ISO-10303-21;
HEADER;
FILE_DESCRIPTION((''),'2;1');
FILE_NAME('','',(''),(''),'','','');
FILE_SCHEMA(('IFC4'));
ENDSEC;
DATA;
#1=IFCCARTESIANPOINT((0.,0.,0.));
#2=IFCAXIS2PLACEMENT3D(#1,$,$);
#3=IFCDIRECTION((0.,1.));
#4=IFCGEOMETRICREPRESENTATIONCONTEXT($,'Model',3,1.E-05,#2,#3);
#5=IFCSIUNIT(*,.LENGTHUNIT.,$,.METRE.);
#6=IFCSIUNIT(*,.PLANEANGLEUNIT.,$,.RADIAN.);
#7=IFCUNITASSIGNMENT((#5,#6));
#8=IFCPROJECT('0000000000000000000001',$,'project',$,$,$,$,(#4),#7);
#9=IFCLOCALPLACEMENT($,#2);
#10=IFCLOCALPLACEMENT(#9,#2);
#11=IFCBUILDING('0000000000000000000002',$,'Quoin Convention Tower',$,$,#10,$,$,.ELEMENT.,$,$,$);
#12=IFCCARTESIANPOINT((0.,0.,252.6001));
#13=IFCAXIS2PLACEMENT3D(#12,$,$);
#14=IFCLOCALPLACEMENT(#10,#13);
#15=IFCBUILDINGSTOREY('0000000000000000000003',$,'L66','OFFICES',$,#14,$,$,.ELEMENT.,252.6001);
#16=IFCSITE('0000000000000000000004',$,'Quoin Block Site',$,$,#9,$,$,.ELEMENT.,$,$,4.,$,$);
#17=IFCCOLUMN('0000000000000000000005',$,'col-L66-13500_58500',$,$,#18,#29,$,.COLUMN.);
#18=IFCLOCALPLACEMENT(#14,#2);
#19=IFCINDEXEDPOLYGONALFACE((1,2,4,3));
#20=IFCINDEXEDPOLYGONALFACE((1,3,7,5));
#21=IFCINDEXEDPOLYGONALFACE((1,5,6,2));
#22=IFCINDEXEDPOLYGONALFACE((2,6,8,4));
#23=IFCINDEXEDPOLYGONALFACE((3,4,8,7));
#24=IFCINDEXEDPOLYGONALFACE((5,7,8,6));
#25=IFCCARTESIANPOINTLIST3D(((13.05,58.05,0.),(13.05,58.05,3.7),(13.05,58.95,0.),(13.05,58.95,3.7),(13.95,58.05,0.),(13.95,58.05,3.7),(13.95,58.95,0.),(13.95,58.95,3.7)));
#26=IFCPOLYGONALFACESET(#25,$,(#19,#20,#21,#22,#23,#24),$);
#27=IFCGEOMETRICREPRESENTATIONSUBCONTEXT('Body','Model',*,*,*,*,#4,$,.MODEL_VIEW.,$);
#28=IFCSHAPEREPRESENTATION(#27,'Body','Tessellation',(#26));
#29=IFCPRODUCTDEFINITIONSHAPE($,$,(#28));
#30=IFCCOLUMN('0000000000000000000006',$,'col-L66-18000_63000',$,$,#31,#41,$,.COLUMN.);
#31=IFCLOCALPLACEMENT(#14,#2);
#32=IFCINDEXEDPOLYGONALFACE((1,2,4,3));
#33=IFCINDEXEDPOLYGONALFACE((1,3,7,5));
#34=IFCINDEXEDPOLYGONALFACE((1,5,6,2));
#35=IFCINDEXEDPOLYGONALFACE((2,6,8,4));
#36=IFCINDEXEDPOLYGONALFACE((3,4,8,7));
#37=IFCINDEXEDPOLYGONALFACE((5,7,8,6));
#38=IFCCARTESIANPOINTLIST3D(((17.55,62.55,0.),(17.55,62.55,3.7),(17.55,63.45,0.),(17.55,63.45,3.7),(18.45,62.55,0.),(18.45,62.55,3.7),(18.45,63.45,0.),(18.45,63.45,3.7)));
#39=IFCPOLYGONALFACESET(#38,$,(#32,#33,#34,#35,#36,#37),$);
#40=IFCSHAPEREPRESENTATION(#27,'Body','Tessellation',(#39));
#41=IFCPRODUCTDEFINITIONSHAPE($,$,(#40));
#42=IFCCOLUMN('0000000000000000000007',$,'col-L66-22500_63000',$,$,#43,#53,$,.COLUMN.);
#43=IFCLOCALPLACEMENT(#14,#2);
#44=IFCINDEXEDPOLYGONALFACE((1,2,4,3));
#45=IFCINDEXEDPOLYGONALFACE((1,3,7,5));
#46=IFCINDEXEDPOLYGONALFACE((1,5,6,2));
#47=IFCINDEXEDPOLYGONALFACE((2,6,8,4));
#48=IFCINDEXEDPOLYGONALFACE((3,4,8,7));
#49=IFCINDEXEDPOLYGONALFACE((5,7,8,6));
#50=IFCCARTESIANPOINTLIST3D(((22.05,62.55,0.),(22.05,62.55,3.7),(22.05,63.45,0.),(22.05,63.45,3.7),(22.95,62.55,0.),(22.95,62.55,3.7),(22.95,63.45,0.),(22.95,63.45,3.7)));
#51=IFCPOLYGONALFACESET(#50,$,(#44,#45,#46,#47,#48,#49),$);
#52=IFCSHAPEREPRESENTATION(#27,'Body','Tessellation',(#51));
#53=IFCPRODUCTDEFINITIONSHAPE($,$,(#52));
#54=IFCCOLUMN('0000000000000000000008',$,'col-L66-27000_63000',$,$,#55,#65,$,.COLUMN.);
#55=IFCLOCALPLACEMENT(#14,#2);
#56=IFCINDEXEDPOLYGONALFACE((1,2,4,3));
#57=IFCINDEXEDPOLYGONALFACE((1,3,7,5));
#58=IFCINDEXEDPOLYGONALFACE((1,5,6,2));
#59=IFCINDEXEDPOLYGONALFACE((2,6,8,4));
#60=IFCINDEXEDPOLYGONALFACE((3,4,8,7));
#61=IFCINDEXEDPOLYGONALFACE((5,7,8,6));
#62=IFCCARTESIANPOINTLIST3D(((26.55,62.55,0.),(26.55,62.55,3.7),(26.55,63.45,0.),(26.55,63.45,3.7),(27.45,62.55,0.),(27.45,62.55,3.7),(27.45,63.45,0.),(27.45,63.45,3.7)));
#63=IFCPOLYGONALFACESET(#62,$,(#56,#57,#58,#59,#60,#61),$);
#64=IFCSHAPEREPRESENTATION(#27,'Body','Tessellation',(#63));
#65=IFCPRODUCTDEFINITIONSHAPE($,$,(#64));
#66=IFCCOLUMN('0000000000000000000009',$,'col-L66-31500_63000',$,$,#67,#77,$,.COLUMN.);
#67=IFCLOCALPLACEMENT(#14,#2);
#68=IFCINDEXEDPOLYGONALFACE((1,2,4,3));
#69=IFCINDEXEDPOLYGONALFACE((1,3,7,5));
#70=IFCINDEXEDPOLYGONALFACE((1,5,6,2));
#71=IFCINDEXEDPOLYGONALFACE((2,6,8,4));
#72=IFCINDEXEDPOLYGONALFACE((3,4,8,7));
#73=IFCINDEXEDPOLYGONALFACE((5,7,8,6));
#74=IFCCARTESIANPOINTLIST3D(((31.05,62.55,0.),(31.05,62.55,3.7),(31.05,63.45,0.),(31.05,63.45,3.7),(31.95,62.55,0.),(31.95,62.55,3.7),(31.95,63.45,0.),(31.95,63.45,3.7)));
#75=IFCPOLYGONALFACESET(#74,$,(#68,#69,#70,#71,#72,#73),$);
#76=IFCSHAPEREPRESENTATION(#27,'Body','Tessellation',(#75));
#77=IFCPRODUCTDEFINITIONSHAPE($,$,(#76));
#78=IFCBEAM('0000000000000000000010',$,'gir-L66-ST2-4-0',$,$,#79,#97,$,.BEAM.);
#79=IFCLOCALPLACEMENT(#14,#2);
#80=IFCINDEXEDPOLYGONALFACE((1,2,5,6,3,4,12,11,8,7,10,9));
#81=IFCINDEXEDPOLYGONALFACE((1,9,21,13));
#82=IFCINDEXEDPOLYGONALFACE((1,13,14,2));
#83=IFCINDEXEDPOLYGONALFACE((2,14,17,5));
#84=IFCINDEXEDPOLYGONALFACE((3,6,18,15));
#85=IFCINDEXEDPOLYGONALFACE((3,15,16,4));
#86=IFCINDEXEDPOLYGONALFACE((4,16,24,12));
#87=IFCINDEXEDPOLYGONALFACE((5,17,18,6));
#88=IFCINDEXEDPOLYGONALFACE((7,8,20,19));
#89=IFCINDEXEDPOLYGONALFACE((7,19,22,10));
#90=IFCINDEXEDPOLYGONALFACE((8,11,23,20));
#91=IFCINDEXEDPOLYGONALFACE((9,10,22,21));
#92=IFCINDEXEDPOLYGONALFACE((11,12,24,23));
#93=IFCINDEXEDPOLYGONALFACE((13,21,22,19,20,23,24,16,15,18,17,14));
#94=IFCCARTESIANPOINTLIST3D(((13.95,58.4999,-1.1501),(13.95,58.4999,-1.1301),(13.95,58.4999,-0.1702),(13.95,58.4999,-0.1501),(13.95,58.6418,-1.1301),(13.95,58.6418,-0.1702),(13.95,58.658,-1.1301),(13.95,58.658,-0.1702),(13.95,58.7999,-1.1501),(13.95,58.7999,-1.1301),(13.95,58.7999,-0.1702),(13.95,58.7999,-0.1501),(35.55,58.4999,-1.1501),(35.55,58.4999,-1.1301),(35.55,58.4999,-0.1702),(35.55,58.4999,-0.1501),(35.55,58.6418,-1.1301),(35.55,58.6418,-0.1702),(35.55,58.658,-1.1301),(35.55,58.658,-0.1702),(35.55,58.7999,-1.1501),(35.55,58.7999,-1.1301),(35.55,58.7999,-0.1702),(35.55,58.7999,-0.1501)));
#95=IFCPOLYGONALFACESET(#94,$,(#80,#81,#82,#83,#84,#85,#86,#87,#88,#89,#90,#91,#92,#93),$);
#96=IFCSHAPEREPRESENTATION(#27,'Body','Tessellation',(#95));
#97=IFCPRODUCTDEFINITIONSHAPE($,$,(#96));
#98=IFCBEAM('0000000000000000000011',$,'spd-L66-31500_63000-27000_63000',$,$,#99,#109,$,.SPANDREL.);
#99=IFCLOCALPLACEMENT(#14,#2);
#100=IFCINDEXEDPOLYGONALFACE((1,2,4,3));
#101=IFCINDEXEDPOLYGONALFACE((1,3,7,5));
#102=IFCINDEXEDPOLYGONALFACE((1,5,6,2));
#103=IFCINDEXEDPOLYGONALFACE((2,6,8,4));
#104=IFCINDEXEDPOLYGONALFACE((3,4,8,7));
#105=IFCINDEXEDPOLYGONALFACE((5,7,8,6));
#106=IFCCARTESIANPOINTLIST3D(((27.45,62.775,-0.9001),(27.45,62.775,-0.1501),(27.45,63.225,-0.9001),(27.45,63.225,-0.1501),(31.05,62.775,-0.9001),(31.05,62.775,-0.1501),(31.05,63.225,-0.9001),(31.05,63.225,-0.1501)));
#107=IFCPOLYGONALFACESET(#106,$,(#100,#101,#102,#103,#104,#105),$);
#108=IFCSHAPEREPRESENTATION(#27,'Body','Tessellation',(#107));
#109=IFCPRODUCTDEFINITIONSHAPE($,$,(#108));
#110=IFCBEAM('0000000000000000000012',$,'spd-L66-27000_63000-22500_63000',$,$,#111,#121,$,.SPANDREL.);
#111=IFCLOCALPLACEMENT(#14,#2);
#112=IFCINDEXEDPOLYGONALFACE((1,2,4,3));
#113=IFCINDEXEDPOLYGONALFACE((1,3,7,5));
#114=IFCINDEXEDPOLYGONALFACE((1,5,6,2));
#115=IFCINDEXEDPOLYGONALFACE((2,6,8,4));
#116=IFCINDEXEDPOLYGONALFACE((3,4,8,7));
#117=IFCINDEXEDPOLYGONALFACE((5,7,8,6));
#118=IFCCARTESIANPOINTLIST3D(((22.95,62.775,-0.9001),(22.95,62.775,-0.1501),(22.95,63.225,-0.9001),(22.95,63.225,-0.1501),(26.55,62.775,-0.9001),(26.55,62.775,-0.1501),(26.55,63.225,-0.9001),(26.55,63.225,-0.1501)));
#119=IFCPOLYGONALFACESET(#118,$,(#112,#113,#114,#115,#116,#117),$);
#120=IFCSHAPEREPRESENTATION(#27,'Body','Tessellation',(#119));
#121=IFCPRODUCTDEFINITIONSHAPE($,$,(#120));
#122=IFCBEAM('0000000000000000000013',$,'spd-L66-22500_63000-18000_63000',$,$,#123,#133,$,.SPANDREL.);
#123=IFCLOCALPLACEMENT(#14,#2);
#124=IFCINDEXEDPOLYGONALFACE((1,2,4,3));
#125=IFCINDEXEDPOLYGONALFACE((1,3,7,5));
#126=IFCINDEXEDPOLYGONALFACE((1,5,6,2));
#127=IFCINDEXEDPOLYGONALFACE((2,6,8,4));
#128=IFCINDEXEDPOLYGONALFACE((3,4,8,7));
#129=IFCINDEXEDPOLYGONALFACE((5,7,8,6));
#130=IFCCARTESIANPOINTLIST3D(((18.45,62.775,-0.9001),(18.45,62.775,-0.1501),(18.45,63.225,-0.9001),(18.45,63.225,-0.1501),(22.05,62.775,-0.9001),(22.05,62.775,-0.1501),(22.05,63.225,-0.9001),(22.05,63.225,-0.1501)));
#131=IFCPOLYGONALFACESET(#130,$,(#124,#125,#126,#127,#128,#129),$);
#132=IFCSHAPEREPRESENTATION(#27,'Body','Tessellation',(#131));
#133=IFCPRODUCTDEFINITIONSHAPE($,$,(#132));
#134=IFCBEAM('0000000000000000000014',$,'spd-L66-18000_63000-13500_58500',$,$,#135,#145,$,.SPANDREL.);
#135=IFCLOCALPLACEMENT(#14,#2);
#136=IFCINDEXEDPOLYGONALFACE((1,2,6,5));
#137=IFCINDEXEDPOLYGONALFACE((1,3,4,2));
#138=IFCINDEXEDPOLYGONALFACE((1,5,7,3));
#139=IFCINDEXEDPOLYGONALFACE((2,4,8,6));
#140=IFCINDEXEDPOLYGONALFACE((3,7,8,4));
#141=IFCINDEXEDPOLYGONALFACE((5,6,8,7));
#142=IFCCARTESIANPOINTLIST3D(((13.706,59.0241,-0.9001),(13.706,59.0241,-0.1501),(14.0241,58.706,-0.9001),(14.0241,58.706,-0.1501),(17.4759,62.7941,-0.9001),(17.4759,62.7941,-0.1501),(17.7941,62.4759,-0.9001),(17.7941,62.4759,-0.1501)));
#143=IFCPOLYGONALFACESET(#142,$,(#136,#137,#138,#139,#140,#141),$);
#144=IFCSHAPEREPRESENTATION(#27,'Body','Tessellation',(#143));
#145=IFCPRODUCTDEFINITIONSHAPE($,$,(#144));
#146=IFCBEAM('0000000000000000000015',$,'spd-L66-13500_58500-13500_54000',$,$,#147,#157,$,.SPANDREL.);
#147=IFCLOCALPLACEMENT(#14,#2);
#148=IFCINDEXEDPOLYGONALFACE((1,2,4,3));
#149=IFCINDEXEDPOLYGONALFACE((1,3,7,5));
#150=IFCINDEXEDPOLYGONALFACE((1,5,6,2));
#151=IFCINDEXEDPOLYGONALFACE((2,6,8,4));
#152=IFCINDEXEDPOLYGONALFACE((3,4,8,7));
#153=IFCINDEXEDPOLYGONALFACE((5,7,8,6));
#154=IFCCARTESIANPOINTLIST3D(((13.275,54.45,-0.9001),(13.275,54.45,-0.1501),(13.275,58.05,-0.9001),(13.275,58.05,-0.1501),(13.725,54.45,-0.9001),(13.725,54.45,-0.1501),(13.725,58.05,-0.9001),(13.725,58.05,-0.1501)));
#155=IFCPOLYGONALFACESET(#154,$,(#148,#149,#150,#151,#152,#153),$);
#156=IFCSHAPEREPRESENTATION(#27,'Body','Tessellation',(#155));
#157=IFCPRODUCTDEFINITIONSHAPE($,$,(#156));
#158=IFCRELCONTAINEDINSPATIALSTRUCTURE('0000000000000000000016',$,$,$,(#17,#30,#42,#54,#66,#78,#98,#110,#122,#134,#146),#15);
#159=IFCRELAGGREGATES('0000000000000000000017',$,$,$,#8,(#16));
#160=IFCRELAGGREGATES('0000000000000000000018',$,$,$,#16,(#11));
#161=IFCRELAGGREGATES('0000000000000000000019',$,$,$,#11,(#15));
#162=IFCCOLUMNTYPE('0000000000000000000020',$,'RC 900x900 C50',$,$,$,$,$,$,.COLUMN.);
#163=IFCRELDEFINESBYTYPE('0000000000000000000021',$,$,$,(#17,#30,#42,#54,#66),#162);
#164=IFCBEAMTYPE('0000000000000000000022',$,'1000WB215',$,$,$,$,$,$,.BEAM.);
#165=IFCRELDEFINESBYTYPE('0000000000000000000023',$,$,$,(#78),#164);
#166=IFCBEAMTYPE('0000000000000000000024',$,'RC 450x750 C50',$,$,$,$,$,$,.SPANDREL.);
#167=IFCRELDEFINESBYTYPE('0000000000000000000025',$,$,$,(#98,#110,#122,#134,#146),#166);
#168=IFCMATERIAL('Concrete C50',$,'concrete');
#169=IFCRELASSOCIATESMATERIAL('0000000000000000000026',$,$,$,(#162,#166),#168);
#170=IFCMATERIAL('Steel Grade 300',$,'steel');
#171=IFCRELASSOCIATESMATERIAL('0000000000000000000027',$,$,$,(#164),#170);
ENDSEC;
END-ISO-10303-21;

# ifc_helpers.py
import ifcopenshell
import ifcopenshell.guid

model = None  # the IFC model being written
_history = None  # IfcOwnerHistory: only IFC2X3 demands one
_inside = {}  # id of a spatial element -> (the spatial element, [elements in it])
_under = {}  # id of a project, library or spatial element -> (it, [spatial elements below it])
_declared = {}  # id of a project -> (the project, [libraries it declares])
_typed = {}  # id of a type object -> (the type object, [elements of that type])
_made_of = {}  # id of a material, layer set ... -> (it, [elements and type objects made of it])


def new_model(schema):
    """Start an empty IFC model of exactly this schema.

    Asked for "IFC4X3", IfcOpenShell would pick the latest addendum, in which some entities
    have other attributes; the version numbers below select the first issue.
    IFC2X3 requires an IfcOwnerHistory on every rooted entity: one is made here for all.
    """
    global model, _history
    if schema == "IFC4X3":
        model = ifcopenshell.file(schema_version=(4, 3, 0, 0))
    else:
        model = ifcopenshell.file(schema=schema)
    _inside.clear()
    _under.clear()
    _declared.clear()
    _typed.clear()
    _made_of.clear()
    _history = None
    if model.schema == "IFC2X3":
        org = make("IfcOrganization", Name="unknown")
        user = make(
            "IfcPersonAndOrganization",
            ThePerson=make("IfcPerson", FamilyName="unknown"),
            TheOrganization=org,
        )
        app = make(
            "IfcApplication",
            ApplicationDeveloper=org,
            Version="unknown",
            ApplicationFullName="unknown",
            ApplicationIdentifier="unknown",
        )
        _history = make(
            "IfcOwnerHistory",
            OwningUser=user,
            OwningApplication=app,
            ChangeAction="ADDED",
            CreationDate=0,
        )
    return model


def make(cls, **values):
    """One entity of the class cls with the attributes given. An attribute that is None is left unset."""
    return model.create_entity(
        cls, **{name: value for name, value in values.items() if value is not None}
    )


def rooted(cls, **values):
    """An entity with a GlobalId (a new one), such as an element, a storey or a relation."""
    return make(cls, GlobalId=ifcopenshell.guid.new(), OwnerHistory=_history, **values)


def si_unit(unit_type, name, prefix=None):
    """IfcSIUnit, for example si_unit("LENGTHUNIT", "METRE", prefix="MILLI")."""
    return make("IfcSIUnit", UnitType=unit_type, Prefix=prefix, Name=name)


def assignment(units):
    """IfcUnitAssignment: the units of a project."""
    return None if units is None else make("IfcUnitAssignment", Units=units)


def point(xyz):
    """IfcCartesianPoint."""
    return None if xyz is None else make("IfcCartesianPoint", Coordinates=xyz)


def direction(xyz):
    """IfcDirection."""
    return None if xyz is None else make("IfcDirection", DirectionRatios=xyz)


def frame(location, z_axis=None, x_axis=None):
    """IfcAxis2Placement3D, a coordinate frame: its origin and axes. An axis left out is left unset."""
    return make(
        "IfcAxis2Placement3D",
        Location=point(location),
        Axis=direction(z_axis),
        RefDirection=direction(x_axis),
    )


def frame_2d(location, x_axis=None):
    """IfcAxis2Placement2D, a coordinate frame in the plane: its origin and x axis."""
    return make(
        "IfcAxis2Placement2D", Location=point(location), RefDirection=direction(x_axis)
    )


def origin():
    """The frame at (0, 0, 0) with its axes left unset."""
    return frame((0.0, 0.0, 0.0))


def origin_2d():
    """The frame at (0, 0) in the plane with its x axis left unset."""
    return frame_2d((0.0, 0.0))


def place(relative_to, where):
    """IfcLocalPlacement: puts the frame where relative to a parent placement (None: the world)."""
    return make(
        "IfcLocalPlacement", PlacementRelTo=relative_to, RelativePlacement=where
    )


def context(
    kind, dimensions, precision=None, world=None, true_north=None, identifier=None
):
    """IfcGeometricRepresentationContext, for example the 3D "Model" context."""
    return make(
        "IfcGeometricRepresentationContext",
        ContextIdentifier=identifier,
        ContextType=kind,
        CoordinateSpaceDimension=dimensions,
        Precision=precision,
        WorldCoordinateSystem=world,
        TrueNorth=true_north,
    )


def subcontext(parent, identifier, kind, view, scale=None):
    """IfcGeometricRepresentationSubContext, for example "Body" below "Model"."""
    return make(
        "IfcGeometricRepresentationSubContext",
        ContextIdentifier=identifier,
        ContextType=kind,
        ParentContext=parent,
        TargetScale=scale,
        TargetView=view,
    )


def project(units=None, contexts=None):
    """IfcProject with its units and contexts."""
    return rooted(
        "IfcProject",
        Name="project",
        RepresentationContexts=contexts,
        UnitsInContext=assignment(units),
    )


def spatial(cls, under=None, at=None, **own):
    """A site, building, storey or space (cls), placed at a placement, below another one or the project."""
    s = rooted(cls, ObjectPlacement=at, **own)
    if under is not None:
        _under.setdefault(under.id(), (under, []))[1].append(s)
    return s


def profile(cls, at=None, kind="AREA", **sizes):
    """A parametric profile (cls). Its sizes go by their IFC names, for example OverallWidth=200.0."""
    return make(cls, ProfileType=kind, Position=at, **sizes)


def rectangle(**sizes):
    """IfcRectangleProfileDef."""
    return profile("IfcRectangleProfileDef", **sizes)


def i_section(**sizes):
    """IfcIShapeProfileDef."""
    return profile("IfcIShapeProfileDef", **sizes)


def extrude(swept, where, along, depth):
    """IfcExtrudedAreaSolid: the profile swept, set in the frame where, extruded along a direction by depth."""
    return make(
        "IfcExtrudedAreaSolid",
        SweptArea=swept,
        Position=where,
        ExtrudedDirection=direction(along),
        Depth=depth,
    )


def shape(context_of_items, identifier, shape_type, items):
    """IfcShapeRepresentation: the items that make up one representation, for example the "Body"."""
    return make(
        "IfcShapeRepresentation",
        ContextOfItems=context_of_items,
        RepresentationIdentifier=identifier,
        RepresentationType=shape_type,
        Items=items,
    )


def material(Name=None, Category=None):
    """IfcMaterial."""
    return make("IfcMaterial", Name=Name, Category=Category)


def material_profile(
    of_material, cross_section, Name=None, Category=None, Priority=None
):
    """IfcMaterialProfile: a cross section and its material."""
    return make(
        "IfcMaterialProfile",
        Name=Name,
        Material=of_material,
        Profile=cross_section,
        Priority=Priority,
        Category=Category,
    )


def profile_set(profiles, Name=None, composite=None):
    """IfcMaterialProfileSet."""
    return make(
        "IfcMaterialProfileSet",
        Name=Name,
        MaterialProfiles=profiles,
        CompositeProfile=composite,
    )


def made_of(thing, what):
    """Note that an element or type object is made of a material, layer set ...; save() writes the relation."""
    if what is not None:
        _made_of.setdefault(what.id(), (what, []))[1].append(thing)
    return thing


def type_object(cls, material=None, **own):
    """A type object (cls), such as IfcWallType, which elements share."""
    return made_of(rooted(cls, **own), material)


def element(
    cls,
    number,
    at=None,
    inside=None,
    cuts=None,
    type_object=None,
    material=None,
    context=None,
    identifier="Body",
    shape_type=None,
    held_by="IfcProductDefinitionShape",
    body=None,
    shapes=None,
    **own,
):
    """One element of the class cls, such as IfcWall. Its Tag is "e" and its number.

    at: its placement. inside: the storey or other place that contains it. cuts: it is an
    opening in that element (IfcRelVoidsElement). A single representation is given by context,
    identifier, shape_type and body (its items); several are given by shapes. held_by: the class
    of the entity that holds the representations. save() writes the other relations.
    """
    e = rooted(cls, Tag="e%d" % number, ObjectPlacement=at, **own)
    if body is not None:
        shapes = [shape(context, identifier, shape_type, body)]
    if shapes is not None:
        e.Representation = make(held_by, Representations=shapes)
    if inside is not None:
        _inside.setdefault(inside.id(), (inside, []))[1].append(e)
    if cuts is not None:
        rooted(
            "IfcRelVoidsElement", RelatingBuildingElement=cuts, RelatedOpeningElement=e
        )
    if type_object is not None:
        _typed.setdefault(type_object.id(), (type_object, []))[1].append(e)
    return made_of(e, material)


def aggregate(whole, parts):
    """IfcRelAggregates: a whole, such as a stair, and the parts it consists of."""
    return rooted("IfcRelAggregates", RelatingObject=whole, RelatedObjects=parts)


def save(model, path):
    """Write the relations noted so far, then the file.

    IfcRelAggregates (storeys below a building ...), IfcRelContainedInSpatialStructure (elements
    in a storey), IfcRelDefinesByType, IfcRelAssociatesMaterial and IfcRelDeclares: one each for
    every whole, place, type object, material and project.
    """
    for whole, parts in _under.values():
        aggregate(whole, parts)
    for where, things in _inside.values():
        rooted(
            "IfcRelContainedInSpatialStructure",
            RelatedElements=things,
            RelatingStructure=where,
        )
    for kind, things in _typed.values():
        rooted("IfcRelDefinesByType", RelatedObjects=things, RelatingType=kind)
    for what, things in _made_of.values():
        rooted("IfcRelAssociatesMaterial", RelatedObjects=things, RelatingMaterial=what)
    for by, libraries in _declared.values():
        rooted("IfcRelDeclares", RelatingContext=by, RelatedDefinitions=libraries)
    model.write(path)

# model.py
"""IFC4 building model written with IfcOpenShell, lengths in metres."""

from ifc_helpers import new_model, si_unit, direction, frame, origin, origin_2d, place, context, subcontext, project, spatial, rectangle, i_section, extrude, material, material_profile, profile_set, type_object, element, save


model = new_model("IFC4")

# Units and contexts
model_context = context("Model", 3, precision=1e-05, world=origin(), true_north=direction((0.0, 1.0)))
body_context = subcontext(model_context, "Body", "Model", "MODEL_VIEW")
ifc_project = project(units=[si_unit("LENGTHUNIT", "METRE"), si_unit("PLANEANGLEUNIT", "RADIAN")], contexts=[model_context])

# Site, building, storey
site_placement = place(None, origin())
site = spatial("IfcSite", under=ifc_project, at=site_placement, Name="Quoin Block Site", CompositionType="ELEMENT", RefElevation=4.0)
building_placement = place(site_placement, origin())
building = spatial("IfcBuilding", under=site, at=building_placement, Name="Quoin Convention Tower", CompositionType="ELEMENT")
storey_placement = place(building_placement, frame((0.0, 0.0, 252.6001)))
storey = spatial("IfcBuildingStorey", under=building, at=storey_placement, Name="L66", Description="OFFICES", CompositionType="ELEMENT", Elevation=252.6001)

# Columns
ifc_material_1 = material(Name="Concrete C50", Category="concrete")
ifc_material_profile_1 = material_profile(ifc_material_1, rectangle(XDim=0.8999, YDim=0.8999, at=origin_2d()), Name="RC 900x900")
ifc_profile_set_1 = profile_set([ifc_material_profile_1], Name="Concrete C50")
column_type = type_object("IfcColumnType", Name="RC 900x900 C50", PredefinedType="COLUMN", material=ifc_profile_set_1)
for number, where, z_axis, x_axis, name in (
    (1, (13.5, 58.5, 0.0), (0.0, 0.0, 1.0), (1.0, 0.0, 0.0), "col-L66-13500_58500"),
    (2, (18.0, 63.0, 0.0), (0.0, 0.0, 1.0), (1.0, 0.0, 0.0), "col-L66-18000_63000"),
    (3, (22.5, 63.0, 0.0), (0.0, 0.0, 1.0), (1.0, 0.0, 0.0), "col-L66-22500_63000"),
    (4, (27.0, 63.0, 0.0), (0.0, 0.0, 1.0), (1.0, 0.0, 0.0), "col-L66-27000_63000"),
    (5, (31.5, 63.0, 0.0), (0.0, 0.0, 1.0), (1.0, 0.0, 0.0), "col-L66-31500_63000"),
):
    element("IfcColumn", number, at=place(storey_placement, frame(where, z_axis=z_axis, x_axis=x_axis)), inside=storey, type_object=column_type, Name=name, PredefinedType="COLUMN", context=body_context, shape_type="SweptSolid", body=[
        extrude(rectangle(XDim=0.8999, YDim=0.8999, at=origin_2d()), origin(), (0.0, 0.0, 1.0), 3.7),
    ])

# Beams
ifc_material_2 = material(Name="Steel Grade 300", Category="steel")
ifc_material_profile_2 = material_profile(ifc_material_2, i_section(OverallWidth=0.3, OverallDepth=1.0, WebThickness=0.0161, FlangeThickness=0.02, at=origin_2d()), Name="1000WB215")
ifc_profile_set_2 = profile_set([ifc_material_profile_2], Name="Steel Grade 300")
beam_type_1 = type_object("IfcBeamType", Name="1000WB215", PredefinedType="BEAM", material=ifc_profile_set_2)
beam_1_placement = place(storey_placement, frame((13.95, 58.6499, -0.6501), z_axis=(1.0, 0.0, 0.0), x_axis=(0.0, 1.0, 0.0)))
element("IfcBeam", 6, at=beam_1_placement, inside=storey, type_object=beam_type_1, Name="gir-L66-ST2-4-0", PredefinedType="BEAM", context=body_context, shape_type="SweptSolid", body=[
    extrude(i_section(OverallWidth=0.3, OverallDepth=1.0, WebThickness=0.0161, FlangeThickness=0.02, at=origin_2d()), origin(), (0.0, 0.0, 1.0), 21.6001),
])
ifc_material_profile_3 = material_profile(ifc_material_1, rectangle(XDim=0.45, YDim=0.75, at=origin_2d()), Name="RC 450x750")
ifc_profile_set_3 = profile_set([ifc_material_profile_3], Name="Concrete C50")
beam_type_2 = type_object("IfcBeamType", Name="RC 450x750 C50", PredefinedType="SPANDREL", material=ifc_profile_set_3)
for number, where, z_axis, x_axis, name in (
    (7, (31.05, 63.0, -0.5251), (-1.0, 0.0, 0.0), (0.0, -1.0, 0.0), "spd-L66-31500_63000-27000_63000"),
    (8, (26.55, 63.0, -0.5251), (-1.0, 0.0, 0.0), (0.0, -1.0, 0.0), "spd-L66-27000_63000-22500_63000"),
    (9, (22.05, 63.0, -0.5251), (-1.0, 0.0, 0.0), (0.0, -1.0, 0.0), "spd-L66-22500_63000-18000_63000"),
):
    element("IfcBeam", number, at=place(storey_placement, frame(where, z_axis=z_axis, x_axis=x_axis)), inside=storey, type_object=beam_type_2, Name=name, PredefinedType="SPANDREL", context=body_context, shape_type="SweptSolid", body=[
        extrude(rectangle(XDim=0.45, YDim=0.75, at=origin_2d()), origin(), (0.0, 0.0, 1.0), 3.6001),
    ])
beam_2_placement = place(storey_placement, frame((17.635, 62.635, -0.5251), z_axis=(-0.707107, -0.707107, 0.0), x_axis=(0.707107, -0.707107, 0.0)))
element("IfcBeam", 10, at=beam_2_placement, inside=storey, type_object=beam_type_2, Name="spd-L66-18000_63000-13500_58500", PredefinedType="SPANDREL", context=body_context, shape_type="SweptSolid", body=[
    extrude(rectangle(XDim=0.45, YDim=0.75, at=origin_2d()), origin(), (0.0, 0.0, 1.0), 5.3315),
])
beam_3_placement = place(storey_placement, frame((13.5, 58.05, -0.5251), z_axis=(0.0, -1.0, 0.0), x_axis=(1.0, 0.0, 0.0)))
element("IfcBeam", 11, at=beam_3_placement, inside=storey, type_object=beam_type_2, Name="spd-L66-13500_58500-13500_54000", PredefinedType="SPANDREL", context=body_context, shape_type="SweptSolid", body=[
    extrude(rectangle(XDim=0.45, YDim=0.75, at=origin_2d()), origin(), (0.0, 0.0, 1.0), 3.6001),
])

save(model, "model.ifc")
